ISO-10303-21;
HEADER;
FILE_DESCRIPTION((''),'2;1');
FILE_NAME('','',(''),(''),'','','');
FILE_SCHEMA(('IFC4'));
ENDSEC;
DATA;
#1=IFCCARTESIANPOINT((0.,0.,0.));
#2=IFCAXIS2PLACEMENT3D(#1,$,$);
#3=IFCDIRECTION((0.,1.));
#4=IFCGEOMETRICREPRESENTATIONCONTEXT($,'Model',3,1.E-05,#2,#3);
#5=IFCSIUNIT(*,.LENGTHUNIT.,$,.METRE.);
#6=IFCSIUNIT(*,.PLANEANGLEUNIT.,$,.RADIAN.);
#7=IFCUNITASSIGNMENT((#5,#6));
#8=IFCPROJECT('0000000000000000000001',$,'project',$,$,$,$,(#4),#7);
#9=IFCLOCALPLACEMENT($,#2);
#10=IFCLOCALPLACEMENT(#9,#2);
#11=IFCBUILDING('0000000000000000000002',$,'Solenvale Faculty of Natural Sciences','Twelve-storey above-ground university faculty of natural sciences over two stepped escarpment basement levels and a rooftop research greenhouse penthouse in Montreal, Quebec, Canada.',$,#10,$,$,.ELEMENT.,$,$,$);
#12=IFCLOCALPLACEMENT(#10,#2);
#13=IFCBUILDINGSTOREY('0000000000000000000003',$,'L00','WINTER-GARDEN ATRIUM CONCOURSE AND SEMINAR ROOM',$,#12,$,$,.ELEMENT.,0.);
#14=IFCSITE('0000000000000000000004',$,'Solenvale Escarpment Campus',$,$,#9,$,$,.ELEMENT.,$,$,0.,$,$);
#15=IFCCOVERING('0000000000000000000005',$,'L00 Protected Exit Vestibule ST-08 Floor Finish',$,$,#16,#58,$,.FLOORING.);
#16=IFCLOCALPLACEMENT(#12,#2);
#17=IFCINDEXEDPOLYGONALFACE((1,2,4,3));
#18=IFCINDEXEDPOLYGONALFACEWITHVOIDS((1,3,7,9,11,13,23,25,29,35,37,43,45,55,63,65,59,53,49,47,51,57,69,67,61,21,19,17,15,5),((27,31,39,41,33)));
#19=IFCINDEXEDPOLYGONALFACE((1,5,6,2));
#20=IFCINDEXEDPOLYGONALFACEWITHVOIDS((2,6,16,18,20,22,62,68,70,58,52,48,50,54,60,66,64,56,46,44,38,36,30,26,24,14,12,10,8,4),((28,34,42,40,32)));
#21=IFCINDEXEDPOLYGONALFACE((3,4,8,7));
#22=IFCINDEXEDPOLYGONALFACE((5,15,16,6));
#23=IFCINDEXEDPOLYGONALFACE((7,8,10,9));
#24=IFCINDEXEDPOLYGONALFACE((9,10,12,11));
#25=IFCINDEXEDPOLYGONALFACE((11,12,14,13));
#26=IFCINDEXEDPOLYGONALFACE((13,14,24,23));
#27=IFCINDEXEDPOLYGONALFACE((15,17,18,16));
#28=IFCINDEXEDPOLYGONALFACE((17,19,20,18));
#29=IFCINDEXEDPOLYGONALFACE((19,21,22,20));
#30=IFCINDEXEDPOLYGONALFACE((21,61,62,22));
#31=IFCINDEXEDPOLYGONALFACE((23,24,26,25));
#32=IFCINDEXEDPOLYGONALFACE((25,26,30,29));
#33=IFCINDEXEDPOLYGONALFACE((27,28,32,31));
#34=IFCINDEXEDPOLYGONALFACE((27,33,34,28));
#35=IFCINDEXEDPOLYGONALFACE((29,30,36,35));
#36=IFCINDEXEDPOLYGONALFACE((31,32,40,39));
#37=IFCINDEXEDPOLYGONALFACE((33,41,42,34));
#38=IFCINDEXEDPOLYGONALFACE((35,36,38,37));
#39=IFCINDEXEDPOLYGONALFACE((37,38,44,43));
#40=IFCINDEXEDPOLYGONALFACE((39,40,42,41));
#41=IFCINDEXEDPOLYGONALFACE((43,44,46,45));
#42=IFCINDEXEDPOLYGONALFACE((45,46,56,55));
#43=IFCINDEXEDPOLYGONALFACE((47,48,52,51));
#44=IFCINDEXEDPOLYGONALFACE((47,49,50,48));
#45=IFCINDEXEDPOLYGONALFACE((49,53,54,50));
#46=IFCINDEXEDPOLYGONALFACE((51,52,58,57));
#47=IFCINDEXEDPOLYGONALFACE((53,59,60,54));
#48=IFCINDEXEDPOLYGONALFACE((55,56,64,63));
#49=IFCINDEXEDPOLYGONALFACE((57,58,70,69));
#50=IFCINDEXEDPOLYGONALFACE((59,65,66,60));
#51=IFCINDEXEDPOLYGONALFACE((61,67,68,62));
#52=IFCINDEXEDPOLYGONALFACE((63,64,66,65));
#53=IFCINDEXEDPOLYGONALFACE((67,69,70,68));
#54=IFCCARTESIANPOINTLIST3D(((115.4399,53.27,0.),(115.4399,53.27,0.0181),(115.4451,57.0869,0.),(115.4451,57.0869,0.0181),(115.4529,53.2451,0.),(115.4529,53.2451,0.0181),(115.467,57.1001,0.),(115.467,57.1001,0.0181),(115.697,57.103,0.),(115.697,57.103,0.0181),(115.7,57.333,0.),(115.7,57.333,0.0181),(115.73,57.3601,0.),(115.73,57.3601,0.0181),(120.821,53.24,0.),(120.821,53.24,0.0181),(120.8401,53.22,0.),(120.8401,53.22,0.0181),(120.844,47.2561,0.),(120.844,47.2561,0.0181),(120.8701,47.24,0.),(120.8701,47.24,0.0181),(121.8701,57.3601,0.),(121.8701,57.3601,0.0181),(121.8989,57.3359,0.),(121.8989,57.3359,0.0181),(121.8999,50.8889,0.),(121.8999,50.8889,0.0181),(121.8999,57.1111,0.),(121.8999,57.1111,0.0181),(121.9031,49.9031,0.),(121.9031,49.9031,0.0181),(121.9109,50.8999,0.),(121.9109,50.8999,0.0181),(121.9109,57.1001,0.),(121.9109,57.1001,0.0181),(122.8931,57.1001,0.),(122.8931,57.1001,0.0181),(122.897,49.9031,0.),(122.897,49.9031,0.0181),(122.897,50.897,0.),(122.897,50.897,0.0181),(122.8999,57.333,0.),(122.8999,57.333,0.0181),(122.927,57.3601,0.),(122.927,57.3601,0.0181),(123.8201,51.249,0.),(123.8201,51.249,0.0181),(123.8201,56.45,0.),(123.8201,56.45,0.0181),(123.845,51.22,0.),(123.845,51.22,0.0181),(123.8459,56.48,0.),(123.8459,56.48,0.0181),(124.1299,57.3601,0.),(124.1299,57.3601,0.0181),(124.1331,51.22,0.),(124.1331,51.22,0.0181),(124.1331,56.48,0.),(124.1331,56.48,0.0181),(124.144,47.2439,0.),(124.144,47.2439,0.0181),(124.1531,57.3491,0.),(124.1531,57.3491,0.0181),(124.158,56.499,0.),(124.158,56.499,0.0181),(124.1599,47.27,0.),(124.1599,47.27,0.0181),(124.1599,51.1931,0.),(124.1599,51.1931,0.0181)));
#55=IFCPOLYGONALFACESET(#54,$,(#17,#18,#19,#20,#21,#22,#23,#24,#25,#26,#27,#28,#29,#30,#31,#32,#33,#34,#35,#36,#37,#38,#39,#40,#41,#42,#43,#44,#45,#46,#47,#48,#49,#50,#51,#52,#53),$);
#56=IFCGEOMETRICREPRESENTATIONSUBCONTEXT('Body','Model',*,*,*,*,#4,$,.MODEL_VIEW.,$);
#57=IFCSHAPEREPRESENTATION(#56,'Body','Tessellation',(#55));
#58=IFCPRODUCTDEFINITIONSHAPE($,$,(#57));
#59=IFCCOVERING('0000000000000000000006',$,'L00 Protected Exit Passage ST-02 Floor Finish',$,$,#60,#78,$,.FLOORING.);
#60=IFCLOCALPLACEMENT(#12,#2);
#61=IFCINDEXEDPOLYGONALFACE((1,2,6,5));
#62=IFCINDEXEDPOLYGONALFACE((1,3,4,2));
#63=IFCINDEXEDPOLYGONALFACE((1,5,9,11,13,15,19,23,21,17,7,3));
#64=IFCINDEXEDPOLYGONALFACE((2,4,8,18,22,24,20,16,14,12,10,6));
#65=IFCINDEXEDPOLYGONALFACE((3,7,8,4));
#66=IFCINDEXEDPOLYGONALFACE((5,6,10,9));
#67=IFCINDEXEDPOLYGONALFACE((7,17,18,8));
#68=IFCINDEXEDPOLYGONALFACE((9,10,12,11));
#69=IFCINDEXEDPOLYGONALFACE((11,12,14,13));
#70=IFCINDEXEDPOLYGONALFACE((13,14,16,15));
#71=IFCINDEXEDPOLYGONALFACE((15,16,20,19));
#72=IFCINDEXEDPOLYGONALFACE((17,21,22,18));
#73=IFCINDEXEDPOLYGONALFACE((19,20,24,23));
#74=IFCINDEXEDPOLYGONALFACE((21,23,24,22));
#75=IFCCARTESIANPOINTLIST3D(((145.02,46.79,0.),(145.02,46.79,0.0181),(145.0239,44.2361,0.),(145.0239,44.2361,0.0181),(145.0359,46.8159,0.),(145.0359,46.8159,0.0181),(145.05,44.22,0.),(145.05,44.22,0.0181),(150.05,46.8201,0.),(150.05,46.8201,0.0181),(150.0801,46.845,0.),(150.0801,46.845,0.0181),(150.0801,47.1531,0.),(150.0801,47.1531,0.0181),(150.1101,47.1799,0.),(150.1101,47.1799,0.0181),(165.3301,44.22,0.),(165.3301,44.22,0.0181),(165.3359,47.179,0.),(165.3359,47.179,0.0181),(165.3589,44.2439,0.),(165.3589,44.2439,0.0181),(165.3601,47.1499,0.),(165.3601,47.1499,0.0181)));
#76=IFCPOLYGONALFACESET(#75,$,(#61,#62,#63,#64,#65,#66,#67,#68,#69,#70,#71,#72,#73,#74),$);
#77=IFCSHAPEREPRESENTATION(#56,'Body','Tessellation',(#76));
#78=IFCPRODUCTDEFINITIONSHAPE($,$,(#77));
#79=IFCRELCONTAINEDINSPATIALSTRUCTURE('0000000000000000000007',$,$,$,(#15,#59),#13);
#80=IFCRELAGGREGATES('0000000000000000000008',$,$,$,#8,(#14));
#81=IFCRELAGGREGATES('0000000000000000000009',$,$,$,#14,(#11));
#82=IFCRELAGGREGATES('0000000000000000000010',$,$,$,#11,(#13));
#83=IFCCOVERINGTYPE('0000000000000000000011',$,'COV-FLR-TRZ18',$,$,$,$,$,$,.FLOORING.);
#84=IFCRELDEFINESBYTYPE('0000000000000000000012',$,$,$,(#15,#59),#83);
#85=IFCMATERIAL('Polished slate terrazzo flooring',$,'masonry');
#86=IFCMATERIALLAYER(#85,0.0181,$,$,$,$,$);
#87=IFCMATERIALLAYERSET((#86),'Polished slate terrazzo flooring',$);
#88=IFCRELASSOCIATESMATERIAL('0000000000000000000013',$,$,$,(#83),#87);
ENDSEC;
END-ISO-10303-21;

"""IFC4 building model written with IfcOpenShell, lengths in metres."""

from ifc_helpers import new_model, si_unit, direction, origin, place, context, subcontext, project, spatial, polyline, outline, extrude, material, layer, layer_set, type_object, element, save


model = new_model("IFC4")

# Units and contexts
model_context = context("Model", 3, precision=1e-05, world=origin(), true_north=direction((0.0, 1.0)))
body_context = subcontext(model_context, "Body", "Model", "MODEL_VIEW")
ifc_project = project(units=[si_unit("LENGTHUNIT", "METRE"), si_unit("PLANEANGLEUNIT", "RADIAN")], contexts=[model_context])

# Site, building, storey
site_placement = place(None, origin())
site = spatial("IfcSite", under=ifc_project, at=site_placement, Name="Solenvale Escarpment Campus", CompositionType="ELEMENT", RefElevation=0.0)
building_placement = place(site_placement, origin())
building = spatial("IfcBuilding", under=site, at=building_placement, Name="Solenvale Faculty of Natural Sciences", Description="Twelve-storey above-ground university faculty of natural sciences over two stepped escarpment basement levels and a rooftop research greenhouse penthouse in Montreal, Quebec, Canada.", CompositionType="ELEMENT")
storey_placement = place(building_placement, origin())
storey = spatial("IfcBuildingStorey", under=building, at=storey_placement, Name="L00", Description="WINTER-GARDEN ATRIUM CONCOURSE AND SEMINAR ROOM", CompositionType="ELEMENT", Elevation=0.0)

# Coverings
ifc_material_1 = material(Name="Polished slate terrazzo flooring", Category="masonry")
ifc_layer_1 = layer(ifc_material_1, 0.0181)
ifc_layer_set_1 = layer_set([ifc_layer_1], Name="Polished slate terrazzo flooring")
covering_type_1 = type_object("IfcCoveringType", Name="COV-FLR-TRZ18", PredefinedType="FLOORING", material=ifc_layer_set_1)
covering_1_placement = place(storey_placement, origin())
element("IfcCovering", 1, at=covering_1_placement, inside=storey, type_object=covering_type_1, Name="L00 Protected Exit Vestibule ST-08 Floor Finish", PredefinedType="FLOORING", context=body_context, shape_type="SweptSolid", body=[
    extrude(outline(polyline([(120.821, 53.24), (115.4529, 53.2451), (115.4399, 53.27), (115.4451, 57.0869), (115.467, 57.1001), (115.697, 57.103), (115.7, 57.333), (115.73, 57.3601), (121.8701, 57.3601), (121.8989, 57.3359), (121.8999, 57.1111), (121.9109, 57.1001), (122.8931, 57.1001), (122.8999, 57.333), (122.927, 57.3601), (124.1299, 57.3601), (124.1531, 57.3491), (124.158, 56.499), (124.1331, 56.48), (123.8459, 56.48), (123.8201, 56.45), (123.8201, 51.249), (123.845, 51.22), (124.1331, 51.22), (124.1599, 51.1931), (124.1599, 47.27), (124.144, 47.2439), (120.8701, 47.24), (120.844, 47.2561), (120.8401, 53.22), (120.821, 53.24)]), holes=[polyline([(121.9109, 50.8999), (121.8999, 50.8889), (121.9031, 49.9031), (122.897, 49.9031), (122.897, 50.897), (121.9109, 50.8999)])]), origin(), (0.0, 0.0, 1.0), 0.0181),
])
covering_2_placement = place(storey_placement, origin())
element("IfcCovering", 2, at=covering_2_placement, inside=storey, type_object=covering_type_1, Name="L00 Protected Exit Passage ST-02 Floor Finish", PredefinedType="FLOORING", context=body_context, shape_type="SweptSolid", body=[
    extrude(outline(polyline([(150.05, 46.8201), (150.0801, 46.845), (150.0801, 47.1531), (150.1101, 47.1799), (165.3359, 47.179), (165.3601, 47.1499), (165.3589, 44.2439), (165.3301, 44.22), (145.05, 44.22), (145.0239, 44.2361), (145.02, 46.79), (145.0359, 46.8159), (150.05, 46.8201)])), origin(), (0.0, 0.0, 1.0), 0.0181),
])

save(model, "model.ifc")
